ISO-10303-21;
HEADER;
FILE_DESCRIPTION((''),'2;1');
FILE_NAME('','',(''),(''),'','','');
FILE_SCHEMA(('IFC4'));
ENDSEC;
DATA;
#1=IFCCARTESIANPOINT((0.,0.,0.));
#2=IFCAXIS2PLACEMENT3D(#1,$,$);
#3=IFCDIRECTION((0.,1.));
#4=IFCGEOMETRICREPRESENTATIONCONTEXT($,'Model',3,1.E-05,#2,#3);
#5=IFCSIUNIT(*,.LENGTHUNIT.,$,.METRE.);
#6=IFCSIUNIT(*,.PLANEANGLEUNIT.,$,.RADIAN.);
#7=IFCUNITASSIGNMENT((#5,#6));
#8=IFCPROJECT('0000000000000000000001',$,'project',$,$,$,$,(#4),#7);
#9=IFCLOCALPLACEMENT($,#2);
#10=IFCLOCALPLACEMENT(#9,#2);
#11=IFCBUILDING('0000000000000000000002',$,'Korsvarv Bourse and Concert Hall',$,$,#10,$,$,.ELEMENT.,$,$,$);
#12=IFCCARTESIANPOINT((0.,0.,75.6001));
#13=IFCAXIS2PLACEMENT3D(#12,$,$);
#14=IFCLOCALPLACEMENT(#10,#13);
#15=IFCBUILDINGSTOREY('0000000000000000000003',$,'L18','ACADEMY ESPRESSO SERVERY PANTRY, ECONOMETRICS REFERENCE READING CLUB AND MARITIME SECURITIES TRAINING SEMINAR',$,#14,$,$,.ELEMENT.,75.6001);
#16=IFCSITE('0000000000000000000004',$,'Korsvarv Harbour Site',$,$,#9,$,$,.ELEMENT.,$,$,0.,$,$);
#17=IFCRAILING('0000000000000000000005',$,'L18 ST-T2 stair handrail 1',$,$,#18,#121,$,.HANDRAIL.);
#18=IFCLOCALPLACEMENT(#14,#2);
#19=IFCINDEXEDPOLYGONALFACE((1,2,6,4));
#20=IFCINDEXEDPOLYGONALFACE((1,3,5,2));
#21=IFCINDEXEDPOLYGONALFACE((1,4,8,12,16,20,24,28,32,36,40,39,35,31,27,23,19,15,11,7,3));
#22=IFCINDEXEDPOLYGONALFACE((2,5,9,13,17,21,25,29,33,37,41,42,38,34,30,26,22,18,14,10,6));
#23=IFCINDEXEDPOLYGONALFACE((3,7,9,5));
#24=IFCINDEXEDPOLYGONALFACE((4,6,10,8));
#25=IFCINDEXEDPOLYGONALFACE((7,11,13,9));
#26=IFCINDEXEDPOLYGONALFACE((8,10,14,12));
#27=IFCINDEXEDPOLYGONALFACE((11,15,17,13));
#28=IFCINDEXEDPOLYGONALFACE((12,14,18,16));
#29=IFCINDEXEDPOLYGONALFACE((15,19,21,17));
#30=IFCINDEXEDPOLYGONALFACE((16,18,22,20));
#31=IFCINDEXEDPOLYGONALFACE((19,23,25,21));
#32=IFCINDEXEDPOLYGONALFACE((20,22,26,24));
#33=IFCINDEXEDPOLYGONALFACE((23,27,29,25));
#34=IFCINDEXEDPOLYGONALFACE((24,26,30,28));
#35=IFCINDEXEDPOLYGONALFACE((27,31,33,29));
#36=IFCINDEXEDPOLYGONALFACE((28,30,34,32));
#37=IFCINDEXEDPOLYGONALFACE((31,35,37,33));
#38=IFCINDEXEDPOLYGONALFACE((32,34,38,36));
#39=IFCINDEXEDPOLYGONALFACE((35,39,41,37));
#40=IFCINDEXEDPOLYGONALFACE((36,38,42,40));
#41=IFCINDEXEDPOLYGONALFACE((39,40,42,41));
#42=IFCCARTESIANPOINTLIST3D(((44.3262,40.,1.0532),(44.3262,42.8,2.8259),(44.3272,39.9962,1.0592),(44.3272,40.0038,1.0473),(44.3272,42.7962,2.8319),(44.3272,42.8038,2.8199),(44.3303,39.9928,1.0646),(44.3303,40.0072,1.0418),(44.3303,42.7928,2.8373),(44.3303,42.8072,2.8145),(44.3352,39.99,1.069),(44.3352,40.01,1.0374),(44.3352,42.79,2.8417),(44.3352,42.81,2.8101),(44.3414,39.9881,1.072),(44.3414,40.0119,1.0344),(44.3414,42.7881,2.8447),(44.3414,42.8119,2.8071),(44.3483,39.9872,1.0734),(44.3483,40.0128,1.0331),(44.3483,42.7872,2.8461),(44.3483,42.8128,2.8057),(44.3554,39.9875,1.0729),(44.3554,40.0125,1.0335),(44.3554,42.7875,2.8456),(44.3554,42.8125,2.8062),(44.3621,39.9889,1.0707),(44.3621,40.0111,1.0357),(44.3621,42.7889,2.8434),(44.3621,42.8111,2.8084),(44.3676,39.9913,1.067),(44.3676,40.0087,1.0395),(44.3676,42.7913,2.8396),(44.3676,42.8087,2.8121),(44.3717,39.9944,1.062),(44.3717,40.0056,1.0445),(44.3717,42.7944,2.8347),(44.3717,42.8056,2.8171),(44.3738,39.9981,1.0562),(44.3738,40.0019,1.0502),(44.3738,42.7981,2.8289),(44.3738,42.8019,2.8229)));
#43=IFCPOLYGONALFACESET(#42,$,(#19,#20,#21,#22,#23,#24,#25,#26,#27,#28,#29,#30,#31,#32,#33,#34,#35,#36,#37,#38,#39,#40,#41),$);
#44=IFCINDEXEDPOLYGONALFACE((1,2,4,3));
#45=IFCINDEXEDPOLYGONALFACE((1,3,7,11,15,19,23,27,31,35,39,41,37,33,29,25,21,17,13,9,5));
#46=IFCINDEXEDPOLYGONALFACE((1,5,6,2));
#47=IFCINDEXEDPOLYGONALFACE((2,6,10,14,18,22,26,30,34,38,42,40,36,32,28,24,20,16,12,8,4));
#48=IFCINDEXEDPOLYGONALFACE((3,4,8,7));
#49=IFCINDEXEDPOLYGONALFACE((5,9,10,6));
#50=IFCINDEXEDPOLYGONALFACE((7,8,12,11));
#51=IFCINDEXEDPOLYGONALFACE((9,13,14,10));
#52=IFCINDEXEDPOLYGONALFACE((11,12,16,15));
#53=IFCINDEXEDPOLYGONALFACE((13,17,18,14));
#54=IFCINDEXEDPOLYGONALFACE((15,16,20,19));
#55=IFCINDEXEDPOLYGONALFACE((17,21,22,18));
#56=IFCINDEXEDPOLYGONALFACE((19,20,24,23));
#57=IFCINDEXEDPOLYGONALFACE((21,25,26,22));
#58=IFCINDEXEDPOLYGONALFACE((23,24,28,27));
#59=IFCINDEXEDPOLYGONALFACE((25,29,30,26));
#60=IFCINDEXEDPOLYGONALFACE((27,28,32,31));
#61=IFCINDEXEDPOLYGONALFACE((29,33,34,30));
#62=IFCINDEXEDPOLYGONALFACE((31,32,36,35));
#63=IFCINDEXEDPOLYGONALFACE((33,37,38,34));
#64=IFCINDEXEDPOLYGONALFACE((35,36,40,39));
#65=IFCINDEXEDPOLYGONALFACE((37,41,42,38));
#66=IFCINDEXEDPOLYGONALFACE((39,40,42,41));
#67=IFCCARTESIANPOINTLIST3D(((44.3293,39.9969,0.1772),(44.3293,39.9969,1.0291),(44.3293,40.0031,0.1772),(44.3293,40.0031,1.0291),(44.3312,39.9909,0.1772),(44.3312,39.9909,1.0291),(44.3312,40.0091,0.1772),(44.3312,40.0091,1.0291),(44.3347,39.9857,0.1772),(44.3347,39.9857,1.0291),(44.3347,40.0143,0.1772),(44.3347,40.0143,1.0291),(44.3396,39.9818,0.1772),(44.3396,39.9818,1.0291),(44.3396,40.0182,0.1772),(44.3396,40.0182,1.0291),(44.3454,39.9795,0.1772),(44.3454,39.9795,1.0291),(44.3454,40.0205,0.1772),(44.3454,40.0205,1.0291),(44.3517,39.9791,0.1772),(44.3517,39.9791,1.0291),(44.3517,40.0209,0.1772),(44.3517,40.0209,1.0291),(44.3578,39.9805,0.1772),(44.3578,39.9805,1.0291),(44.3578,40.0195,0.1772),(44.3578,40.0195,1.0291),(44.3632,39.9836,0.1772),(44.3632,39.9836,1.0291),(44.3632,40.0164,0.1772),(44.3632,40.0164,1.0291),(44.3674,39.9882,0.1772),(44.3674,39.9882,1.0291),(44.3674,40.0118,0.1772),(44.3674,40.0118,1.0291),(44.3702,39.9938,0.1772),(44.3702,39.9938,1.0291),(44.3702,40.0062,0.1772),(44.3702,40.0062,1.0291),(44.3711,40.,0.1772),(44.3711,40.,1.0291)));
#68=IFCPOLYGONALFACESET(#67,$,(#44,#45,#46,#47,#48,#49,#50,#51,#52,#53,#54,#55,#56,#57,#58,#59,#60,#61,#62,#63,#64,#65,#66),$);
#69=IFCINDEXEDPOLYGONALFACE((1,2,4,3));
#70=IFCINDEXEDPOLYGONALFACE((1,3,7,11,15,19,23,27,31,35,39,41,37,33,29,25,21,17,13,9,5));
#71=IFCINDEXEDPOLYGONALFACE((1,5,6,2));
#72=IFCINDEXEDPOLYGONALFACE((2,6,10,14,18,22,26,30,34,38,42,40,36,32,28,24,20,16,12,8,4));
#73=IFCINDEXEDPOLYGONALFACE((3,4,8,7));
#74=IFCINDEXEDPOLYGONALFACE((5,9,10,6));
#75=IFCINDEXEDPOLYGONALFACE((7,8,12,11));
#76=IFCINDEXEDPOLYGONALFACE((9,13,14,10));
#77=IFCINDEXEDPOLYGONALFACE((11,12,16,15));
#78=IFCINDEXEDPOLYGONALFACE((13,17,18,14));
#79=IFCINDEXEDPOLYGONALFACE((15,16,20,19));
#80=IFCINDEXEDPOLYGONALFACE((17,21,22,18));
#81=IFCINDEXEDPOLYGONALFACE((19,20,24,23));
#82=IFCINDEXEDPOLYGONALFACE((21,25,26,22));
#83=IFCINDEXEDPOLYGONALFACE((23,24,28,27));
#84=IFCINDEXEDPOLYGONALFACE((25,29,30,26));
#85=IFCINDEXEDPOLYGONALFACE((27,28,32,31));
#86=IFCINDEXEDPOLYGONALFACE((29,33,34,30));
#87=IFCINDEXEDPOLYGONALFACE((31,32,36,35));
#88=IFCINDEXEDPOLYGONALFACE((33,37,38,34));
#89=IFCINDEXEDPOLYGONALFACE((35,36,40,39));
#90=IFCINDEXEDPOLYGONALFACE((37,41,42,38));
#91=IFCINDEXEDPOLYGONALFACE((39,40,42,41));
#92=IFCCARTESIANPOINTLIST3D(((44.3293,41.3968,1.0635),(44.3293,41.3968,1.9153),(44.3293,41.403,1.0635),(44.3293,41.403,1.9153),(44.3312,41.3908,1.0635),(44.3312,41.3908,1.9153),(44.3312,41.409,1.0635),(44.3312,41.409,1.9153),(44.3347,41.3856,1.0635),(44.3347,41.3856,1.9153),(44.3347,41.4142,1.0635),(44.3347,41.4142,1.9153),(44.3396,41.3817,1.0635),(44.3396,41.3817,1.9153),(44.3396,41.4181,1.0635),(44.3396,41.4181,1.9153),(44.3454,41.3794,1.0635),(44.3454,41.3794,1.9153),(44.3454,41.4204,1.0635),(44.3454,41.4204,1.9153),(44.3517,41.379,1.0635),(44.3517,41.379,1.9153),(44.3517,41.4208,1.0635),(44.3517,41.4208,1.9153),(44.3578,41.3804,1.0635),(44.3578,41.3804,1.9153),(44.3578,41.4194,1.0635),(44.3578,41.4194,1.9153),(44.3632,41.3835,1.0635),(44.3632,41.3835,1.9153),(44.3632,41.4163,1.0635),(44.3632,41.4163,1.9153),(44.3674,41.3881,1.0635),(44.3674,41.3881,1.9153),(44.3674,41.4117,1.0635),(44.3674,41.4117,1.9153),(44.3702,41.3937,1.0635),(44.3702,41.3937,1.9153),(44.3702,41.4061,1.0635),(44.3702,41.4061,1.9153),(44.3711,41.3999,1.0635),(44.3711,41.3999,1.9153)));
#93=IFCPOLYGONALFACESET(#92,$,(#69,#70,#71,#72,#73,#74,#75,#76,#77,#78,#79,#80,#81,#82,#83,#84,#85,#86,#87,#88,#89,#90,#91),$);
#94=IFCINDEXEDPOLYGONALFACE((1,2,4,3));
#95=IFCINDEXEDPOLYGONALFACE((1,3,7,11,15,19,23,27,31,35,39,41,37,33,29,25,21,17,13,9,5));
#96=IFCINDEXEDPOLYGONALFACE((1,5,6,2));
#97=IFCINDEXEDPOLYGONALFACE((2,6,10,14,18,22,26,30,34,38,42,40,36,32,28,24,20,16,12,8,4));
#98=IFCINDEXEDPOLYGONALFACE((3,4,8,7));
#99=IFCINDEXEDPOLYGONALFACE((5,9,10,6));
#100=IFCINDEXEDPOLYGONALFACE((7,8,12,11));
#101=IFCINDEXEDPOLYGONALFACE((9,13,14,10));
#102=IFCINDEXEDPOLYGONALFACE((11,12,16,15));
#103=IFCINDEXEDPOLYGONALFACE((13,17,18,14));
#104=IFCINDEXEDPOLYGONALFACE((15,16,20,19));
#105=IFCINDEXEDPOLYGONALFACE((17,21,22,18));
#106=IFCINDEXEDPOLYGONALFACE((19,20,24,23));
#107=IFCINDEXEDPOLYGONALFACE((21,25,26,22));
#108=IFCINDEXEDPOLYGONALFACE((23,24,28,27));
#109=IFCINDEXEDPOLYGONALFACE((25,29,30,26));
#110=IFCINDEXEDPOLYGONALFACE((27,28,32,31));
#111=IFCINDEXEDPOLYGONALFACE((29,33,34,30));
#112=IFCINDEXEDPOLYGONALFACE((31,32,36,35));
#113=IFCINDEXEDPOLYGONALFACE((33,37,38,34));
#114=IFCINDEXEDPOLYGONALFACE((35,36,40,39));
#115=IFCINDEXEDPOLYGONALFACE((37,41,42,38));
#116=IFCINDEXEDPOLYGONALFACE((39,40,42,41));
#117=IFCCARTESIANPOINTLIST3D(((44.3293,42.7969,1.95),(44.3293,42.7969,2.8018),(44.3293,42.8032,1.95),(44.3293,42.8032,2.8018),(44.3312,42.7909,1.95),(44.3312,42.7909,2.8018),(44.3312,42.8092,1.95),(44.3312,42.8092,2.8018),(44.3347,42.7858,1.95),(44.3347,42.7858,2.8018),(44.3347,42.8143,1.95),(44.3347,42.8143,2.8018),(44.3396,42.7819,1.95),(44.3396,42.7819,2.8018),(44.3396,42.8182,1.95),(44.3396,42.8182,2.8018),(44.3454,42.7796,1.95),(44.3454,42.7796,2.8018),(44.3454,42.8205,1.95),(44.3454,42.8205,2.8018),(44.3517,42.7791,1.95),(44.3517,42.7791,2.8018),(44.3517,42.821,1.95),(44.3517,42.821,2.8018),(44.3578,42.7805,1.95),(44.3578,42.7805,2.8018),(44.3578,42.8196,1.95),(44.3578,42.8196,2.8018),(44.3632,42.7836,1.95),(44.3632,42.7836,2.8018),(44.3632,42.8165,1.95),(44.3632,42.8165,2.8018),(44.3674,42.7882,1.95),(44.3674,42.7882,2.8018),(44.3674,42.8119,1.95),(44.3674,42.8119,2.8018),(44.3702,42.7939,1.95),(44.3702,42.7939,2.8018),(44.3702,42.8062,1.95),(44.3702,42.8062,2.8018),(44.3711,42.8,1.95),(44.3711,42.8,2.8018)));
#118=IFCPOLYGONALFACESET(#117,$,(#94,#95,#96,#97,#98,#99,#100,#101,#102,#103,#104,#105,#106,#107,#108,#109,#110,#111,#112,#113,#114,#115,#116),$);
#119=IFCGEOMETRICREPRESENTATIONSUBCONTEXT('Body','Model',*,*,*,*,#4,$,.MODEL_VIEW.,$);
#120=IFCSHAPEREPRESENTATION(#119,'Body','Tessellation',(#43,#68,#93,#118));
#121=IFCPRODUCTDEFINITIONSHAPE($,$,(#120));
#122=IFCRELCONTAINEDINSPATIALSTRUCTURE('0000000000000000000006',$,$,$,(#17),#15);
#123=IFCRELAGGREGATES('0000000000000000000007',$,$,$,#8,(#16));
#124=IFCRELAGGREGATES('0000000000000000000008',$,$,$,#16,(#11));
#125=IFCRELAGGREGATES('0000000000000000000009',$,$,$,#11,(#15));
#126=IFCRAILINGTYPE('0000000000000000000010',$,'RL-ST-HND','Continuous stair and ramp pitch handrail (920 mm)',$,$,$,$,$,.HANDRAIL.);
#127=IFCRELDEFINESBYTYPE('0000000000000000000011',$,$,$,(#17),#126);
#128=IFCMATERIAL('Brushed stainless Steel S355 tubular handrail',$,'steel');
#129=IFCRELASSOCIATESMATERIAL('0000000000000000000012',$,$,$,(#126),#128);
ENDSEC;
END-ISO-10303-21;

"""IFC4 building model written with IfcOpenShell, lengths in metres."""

from ifc_helpers import new_model, si_unit, direction, frame, origin, origin_2d, place, context, subcontext, project, spatial, circle, extrude, material, type_object, element, save


model = new_model("IFC4")

# Units and contexts
model_context = context("Model", 3, precision=1e-05, world=origin(), true_north=direction((0.0, 1.0)))
body_context = subcontext(model_context, "Body", "Model", "MODEL_VIEW")
ifc_project = project(units=[si_unit("LENGTHUNIT", "METRE"), si_unit("PLANEANGLEUNIT", "RADIAN")], contexts=[model_context])

# Site, building, storey
site_placement = place(None, origin())
site = spatial("IfcSite", under=ifc_project, at=site_placement, Name="Korsvarv Harbour Site", CompositionType="ELEMENT", RefElevation=0.0)
building_placement = place(site_placement, origin())
building = spatial("IfcBuilding", under=site, at=building_placement, Name="Korsvarv Bourse and Concert Hall", CompositionType="ELEMENT")
storey_placement = place(building_placement, frame((0.0, 0.0, 75.6001)))
storey = spatial("IfcBuildingStorey", under=building, at=storey_placement, Name="L18", Description="ACADEMY ESPRESSO SERVERY PANTRY, ECONOMETRICS REFERENCE READING CLUB AND MARITIME SECURITIES TRAINING SEMINAR", CompositionType="ELEMENT", Elevation=75.6001)

# Railing
ifc_material_1 = material(Name="Brushed stainless Steel S355 tubular handrail", Category="steel")
railing_type = type_object("IfcRailingType", Name="RL-ST-HND", Description="Continuous stair and ramp pitch handrail (920 mm)", PredefinedType="HANDRAIL", material=ifc_material_1)
railing_placement = place(storey_placement, frame((44.3501, 40.0, 0.1772)))
element("IfcRailing", 1, at=railing_placement, inside=storey, type_object=railing_type, Name="L18 ST-T2 stair handrail 1", PredefinedType="HANDRAIL", context=body_context, shape_type="SweptSolid", body=[
    extrude(circle(Radius=0.0239, at=origin_2d()), frame((0.0, 0.0, 0.876), z_axis=(0.0, 0.844909, 0.53491), x_axis=(-1.0, 0.0, 0.0)), (0.0, 0.0, 1.0), 3.314),
    extrude(circle(Radius=0.021, at=origin_2d()), origin(), (0.0, 0.0, 1.0), 0.8518),
    extrude(circle(Radius=0.021, at=origin_2d()), frame((0.0, 1.3999, 0.8862)), (0.0, 0.0, 1.0), 0.8518),
    extrude(circle(Radius=0.021, at=origin_2d()), frame((0.0, 2.8, 1.7727)), (0.0, 0.0, 1.0), 0.8518),
])

save(model, "model.ifc")
